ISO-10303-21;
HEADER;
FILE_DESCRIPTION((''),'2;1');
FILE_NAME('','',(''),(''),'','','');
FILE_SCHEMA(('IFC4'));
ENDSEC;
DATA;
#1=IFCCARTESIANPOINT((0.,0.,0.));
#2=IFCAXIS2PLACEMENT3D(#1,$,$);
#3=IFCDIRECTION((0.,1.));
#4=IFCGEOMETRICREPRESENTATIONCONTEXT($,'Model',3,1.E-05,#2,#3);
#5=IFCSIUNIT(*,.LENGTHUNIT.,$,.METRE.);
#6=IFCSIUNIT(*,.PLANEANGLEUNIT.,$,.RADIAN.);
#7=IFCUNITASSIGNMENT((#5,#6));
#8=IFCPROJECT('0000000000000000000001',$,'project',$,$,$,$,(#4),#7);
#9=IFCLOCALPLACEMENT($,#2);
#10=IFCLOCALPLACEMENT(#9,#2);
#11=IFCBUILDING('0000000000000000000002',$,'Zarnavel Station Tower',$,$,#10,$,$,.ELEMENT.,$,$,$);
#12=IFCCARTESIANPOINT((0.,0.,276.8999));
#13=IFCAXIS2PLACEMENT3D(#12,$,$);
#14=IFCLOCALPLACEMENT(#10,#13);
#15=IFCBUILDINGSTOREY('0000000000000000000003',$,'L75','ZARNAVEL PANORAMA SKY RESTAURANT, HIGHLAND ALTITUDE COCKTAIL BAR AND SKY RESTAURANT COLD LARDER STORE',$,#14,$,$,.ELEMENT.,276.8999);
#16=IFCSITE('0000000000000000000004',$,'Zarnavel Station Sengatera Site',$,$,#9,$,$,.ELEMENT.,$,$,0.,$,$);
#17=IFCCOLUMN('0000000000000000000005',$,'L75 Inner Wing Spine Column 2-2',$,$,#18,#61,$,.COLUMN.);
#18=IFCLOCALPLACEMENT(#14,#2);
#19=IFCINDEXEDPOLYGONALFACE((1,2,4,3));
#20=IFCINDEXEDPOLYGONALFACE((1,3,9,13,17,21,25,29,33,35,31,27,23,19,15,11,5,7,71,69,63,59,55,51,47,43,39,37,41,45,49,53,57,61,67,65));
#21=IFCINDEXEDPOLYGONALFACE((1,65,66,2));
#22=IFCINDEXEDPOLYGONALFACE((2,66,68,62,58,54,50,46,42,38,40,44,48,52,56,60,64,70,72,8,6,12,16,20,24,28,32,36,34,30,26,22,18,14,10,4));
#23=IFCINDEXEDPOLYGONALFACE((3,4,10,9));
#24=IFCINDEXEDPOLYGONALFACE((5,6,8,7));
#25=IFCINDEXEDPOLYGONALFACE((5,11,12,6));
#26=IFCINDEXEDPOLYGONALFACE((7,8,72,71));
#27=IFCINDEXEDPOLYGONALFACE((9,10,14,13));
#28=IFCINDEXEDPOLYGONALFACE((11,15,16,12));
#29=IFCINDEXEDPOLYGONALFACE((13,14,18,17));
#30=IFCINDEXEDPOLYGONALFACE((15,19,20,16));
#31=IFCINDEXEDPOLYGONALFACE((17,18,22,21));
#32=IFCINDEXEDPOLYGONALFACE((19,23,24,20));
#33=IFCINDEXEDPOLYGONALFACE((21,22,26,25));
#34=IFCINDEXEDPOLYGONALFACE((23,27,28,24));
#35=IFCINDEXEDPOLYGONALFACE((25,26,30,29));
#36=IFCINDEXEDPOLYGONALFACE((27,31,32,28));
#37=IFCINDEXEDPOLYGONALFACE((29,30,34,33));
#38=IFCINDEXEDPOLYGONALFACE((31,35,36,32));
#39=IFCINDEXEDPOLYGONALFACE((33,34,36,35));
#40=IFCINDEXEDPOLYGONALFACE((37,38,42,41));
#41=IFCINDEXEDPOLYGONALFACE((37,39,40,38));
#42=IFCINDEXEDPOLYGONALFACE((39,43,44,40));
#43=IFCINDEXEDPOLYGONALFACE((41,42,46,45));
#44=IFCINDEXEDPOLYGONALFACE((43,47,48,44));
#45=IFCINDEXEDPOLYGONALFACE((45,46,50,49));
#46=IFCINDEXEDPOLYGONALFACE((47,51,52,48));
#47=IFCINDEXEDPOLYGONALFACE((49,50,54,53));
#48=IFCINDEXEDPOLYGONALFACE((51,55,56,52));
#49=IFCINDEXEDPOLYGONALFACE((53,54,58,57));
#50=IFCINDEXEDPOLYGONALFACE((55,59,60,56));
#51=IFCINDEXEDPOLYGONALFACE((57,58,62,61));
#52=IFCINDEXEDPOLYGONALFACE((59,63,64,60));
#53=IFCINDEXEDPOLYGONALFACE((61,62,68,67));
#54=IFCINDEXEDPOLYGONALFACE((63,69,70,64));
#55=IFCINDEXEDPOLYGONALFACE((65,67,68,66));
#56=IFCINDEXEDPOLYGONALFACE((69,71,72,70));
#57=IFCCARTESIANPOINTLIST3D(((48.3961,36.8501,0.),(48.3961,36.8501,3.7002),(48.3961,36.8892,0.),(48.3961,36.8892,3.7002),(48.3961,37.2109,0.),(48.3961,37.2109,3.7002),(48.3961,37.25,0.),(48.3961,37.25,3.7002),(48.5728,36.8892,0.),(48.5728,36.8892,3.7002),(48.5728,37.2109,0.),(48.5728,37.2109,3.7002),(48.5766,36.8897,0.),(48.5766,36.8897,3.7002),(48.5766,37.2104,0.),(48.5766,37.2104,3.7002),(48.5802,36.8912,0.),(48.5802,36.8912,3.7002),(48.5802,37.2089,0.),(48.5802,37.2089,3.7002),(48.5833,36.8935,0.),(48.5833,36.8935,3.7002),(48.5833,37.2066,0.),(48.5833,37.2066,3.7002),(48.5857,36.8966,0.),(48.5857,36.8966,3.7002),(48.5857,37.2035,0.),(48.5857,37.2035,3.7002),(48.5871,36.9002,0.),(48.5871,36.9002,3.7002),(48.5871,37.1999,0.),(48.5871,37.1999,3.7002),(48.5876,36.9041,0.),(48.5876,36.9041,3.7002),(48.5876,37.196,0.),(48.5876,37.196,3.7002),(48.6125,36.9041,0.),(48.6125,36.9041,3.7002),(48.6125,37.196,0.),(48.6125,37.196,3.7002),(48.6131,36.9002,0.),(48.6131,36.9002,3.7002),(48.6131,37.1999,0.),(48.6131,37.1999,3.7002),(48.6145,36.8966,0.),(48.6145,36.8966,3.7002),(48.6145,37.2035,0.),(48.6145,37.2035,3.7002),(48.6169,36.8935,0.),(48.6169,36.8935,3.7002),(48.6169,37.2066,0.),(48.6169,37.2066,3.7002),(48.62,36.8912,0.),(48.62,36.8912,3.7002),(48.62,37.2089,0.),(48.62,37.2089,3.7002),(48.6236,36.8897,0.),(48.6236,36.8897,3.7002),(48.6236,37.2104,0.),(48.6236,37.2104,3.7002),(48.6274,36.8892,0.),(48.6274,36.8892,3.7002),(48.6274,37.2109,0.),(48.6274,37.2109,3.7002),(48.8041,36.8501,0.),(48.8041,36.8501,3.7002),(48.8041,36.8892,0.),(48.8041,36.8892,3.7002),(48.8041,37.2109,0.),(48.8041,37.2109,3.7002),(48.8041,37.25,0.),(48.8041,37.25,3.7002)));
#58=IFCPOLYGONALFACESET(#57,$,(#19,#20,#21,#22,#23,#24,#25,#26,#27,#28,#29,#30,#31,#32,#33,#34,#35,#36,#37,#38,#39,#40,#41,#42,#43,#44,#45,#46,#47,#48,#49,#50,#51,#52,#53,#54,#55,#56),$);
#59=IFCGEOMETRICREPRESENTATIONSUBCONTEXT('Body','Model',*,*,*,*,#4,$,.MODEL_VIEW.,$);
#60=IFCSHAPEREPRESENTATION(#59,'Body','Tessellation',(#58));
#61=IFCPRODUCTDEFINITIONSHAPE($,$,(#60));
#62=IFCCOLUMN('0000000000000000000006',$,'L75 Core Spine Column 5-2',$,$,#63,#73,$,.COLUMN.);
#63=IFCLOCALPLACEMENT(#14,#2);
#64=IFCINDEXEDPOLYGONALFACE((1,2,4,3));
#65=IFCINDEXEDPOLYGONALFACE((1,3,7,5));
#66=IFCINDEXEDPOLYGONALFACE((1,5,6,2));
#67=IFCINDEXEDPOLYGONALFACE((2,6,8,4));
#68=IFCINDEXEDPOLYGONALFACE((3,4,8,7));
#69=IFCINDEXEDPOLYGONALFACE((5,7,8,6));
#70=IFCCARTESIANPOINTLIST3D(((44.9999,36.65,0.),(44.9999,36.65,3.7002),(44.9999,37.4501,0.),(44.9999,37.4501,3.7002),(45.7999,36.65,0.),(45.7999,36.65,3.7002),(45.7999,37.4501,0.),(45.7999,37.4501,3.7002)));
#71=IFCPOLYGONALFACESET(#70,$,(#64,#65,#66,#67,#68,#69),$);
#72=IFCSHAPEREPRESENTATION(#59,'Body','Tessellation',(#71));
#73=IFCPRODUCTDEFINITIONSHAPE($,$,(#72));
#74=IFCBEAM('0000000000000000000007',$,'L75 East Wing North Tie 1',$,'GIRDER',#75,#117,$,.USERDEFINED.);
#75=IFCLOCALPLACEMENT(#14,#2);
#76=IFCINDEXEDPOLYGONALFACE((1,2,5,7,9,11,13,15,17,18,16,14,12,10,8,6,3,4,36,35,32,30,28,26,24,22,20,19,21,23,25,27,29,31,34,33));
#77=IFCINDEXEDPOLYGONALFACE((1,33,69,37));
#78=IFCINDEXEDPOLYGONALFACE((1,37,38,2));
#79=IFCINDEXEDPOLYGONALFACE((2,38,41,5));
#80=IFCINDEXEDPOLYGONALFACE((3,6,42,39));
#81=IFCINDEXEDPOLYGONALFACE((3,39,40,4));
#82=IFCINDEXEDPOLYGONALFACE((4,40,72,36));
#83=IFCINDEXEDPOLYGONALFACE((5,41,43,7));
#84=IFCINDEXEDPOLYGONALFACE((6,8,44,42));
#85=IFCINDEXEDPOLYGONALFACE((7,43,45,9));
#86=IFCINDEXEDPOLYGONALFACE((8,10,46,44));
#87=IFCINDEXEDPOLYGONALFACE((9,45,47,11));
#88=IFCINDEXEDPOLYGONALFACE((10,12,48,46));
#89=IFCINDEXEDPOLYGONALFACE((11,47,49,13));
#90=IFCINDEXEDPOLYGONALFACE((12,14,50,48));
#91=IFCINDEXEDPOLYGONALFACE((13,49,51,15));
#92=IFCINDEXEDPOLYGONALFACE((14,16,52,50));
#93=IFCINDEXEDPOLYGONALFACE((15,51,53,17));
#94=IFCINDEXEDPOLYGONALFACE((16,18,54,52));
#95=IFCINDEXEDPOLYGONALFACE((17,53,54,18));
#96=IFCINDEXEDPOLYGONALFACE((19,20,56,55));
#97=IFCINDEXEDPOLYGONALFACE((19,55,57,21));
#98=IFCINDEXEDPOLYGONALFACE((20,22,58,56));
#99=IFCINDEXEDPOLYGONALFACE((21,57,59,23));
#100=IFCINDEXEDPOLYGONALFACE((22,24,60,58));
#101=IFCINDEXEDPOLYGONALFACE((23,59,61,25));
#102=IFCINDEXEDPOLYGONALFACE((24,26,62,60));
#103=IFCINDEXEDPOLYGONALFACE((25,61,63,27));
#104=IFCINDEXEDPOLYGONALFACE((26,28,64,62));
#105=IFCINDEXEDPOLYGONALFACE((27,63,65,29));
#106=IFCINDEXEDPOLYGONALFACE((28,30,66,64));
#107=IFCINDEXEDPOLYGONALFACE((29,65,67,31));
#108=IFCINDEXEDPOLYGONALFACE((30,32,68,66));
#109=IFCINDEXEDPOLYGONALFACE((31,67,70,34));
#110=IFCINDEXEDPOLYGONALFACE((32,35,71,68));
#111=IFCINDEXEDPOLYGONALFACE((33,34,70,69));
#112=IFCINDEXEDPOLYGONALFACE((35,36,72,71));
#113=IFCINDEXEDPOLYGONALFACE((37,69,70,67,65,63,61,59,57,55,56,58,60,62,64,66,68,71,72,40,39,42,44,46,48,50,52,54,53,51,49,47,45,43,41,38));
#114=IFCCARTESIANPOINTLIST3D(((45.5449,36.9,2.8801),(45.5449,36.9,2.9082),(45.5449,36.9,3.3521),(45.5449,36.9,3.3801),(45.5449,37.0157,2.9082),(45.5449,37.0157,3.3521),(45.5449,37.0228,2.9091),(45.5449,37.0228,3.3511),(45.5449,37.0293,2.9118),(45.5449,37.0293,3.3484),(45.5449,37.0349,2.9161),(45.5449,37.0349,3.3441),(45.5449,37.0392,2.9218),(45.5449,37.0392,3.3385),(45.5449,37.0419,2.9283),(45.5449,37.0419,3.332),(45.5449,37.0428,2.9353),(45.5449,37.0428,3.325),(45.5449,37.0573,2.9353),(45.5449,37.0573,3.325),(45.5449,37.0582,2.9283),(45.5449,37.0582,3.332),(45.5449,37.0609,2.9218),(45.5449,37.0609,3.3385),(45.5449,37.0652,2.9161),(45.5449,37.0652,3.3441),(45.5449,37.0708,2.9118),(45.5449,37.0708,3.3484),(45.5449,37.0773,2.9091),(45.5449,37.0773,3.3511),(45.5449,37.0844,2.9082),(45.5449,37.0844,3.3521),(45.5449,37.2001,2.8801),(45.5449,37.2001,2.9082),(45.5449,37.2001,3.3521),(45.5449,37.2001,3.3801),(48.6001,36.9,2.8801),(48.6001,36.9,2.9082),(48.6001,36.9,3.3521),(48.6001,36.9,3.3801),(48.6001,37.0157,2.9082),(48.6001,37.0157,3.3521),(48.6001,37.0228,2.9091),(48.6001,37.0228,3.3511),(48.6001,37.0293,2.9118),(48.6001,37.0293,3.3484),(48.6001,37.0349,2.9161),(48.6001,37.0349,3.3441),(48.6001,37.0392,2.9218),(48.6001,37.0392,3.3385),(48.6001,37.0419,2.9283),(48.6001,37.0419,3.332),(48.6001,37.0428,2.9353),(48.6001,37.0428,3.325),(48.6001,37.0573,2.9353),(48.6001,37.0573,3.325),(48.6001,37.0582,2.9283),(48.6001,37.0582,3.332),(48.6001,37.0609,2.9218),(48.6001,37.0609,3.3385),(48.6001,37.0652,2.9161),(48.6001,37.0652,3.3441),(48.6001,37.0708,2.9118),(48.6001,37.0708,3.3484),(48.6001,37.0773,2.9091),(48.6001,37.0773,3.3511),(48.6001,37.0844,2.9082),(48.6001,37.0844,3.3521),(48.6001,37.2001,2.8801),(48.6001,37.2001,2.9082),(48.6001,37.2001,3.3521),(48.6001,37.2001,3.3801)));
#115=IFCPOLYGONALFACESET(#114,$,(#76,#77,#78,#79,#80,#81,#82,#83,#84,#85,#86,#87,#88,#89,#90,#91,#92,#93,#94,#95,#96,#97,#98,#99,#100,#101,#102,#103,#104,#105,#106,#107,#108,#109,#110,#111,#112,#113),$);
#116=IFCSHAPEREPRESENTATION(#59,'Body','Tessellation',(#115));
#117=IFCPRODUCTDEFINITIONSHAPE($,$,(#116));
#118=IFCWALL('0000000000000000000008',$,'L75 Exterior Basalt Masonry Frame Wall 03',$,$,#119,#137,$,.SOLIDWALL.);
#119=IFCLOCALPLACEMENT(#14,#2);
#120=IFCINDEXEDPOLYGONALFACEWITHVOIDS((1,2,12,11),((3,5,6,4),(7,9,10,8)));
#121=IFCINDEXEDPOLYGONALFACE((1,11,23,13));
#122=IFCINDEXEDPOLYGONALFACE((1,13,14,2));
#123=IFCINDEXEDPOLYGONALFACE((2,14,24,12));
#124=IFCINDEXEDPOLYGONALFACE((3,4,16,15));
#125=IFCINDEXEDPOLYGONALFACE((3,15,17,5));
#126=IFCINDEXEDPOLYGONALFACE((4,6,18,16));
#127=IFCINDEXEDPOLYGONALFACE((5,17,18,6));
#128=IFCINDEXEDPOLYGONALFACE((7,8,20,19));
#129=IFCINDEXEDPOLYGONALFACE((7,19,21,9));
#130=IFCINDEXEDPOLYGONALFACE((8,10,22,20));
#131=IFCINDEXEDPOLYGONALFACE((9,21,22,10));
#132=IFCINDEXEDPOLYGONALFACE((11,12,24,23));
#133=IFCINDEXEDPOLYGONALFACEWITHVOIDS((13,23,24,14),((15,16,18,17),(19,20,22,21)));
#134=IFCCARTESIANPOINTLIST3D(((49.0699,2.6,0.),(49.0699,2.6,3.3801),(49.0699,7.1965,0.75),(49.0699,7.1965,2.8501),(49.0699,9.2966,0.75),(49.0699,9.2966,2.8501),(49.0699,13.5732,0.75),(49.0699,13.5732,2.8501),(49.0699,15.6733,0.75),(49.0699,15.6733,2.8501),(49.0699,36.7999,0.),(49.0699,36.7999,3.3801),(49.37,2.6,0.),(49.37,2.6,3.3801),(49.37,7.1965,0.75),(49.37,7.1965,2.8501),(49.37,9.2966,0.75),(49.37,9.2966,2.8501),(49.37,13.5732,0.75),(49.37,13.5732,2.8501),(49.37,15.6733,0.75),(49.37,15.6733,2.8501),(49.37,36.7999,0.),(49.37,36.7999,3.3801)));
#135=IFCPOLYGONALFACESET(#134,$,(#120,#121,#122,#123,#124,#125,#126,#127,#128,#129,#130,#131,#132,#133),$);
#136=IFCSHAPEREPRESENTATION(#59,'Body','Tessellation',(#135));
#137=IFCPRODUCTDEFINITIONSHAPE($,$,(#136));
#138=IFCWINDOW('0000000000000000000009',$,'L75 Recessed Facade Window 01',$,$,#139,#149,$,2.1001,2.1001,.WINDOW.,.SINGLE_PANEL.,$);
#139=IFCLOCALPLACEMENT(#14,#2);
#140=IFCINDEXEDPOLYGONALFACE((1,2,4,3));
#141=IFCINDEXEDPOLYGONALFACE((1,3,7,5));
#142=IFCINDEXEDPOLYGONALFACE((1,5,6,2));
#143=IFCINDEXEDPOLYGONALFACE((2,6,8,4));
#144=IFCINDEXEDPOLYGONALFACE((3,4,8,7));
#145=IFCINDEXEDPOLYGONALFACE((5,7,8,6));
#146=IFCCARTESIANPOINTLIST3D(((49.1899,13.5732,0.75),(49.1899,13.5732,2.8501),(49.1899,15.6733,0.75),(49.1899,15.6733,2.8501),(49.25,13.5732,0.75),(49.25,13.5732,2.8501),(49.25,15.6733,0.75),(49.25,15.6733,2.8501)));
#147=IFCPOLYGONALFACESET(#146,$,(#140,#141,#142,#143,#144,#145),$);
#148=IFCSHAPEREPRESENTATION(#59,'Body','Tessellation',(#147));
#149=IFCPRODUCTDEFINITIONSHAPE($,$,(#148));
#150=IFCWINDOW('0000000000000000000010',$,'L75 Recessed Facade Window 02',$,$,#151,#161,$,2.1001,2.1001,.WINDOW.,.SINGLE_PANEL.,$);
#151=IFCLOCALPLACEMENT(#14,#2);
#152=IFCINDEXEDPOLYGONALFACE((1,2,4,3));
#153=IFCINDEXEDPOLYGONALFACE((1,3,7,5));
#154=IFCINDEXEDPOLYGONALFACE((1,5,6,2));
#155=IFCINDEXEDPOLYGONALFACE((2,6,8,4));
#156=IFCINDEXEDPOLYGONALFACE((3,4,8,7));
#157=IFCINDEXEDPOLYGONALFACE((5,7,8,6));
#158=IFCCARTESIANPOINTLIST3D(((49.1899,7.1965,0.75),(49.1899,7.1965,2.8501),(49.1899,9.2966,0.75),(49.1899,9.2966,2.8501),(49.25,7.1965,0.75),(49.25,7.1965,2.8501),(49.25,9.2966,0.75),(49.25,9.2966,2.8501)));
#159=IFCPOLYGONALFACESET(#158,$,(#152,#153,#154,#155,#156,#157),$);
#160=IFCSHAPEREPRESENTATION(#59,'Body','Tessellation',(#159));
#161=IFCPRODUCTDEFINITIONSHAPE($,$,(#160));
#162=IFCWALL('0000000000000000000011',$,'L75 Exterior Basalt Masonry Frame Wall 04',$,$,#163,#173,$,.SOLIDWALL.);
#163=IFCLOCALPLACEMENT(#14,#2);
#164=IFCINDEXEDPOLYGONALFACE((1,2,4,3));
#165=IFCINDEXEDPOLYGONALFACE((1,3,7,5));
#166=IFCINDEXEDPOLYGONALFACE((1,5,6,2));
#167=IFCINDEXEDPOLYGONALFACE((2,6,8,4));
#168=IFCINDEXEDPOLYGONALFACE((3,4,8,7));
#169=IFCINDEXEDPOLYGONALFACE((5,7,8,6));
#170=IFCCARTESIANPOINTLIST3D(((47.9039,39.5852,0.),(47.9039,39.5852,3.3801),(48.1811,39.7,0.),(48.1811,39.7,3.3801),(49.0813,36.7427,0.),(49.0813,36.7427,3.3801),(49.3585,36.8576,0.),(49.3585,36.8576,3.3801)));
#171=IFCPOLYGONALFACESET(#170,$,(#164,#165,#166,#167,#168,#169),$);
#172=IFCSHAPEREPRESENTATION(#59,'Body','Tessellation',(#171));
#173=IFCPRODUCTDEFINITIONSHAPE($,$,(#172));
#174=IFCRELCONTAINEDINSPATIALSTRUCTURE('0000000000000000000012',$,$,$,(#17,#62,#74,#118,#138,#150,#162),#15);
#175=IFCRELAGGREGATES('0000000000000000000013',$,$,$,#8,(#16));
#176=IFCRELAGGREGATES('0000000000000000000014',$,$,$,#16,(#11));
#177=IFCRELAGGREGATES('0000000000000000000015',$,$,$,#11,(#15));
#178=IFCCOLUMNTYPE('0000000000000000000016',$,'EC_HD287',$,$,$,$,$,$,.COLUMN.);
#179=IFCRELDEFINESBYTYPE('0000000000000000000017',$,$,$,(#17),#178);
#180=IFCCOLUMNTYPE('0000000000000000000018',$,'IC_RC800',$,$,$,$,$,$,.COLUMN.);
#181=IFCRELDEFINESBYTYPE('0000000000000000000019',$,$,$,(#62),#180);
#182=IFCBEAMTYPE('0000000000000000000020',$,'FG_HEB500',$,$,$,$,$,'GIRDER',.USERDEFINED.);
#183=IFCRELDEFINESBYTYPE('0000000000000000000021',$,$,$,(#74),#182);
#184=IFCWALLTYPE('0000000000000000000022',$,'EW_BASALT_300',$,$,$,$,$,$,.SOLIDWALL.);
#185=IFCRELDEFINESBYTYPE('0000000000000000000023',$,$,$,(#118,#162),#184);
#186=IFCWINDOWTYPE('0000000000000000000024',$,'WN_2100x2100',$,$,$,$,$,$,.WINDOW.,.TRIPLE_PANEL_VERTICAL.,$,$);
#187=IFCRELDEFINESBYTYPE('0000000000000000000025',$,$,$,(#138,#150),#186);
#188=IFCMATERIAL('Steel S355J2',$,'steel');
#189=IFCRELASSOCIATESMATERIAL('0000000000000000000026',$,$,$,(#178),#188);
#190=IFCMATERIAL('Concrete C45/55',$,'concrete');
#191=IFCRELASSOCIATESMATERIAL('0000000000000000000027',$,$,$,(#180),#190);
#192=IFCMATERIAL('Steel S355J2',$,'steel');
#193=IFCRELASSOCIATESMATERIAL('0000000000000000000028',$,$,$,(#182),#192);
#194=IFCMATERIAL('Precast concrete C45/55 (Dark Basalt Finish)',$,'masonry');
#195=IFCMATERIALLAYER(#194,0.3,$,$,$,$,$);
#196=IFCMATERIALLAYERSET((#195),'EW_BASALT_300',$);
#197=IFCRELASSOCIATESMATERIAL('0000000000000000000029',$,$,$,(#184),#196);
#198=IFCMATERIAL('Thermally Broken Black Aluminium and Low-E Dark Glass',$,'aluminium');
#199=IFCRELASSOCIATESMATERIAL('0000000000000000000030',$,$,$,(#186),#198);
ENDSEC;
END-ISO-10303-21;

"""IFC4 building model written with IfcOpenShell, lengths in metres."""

from ifc_helpers import new_model, si_unit, direction, frame, frame_2d, origin, origin_2d, place, context, subcontext, project, spatial, rectangle, i_section, extrude, material, layer, layer_set, material_profile, profile_set, type_object, element, fill, save


model = new_model("IFC4")

# Units and contexts
model_context = context("Model", 3, precision=1e-05, world=origin(), true_north=direction((0.0, 1.0)))
body_context = subcontext(model_context, "Body", "Model", "MODEL_VIEW")
ifc_project = project(units=[si_unit("LENGTHUNIT", "METRE"), si_unit("PLANEANGLEUNIT", "RADIAN")], contexts=[model_context])

# Site, building, storey
site_placement = place(None, origin())
site = spatial("IfcSite", under=ifc_project, at=site_placement, Name="Zarnavel Station Sengatera Site", CompositionType="ELEMENT", RefElevation=0.0)
building_placement = place(site_placement, origin())
building = spatial("IfcBuilding", under=site, at=building_placement, Name="Zarnavel Station Tower", CompositionType="ELEMENT")
storey_placement = place(building_placement, frame((0.0, 0.0, 276.8999)))
storey = spatial("IfcBuildingStorey", under=building, at=storey_placement, Name="L75", Description="ZARNAVEL PANORAMA SKY RESTAURANT, HIGHLAND ALTITUDE COCKTAIL BAR AND SKY RESTAURANT COLD LARDER STORE", CompositionType="ELEMENT", Elevation=276.8999)

# Columns
ifc_material_1 = material(Name="Steel S355J2", Category="steel")
ifc_material_profile_1 = material_profile(ifc_material_1, i_section(OverallWidth=0.408, OverallDepth=0.3999, WebThickness=0.0249, FlangeThickness=0.0391, FilletRadius=0.0149, at=origin_2d()), Name="HD400x287")
ifc_profile_set_1 = profile_set([ifc_material_profile_1], Name="Steel S355J2")
column_type_1 = type_object("IfcColumnType", Name="EC_HD287", PredefinedType="COLUMN", material=ifc_profile_set_1)
column_1_placement = place(storey_placement, frame((48.6001, 37.05, 0.0), z_axis=(0.0, 0.0, 1.0), x_axis=(1.0, 0.0, 0.0)))
element("IfcColumn", 1, at=column_1_placement, inside=storey, type_object=column_type_1, Name="L75 Inner Wing Spine Column 2-2", PredefinedType="COLUMN", context=body_context, shape_type="SweptSolid", body=[
    extrude(i_section(OverallWidth=0.408, OverallDepth=0.3999, WebThickness=0.0249, FlangeThickness=0.0391, FilletRadius=0.0149, at=origin_2d()), origin(), (0.0, 0.0, 1.0), 3.7002),
])
ifc_material_2 = material(Name="Concrete C45/55", Category="concrete")
ifc_material_profile_2 = material_profile(ifc_material_2, rectangle(XDim=0.8, YDim=0.8, at=origin_2d()), Name="RC800x800")
ifc_profile_set_2 = profile_set([ifc_material_profile_2], Name="Concrete C45/55")
column_type_2 = type_object("IfcColumnType", Name="IC_RC800", PredefinedType="COLUMN", material=ifc_profile_set_2)
column_2_placement = place(storey_placement, frame((45.3999, 37.05, 0.0), z_axis=(0.0, 0.0, 1.0), x_axis=(1.0, 0.0, 0.0)))
element("IfcColumn", 2, at=column_2_placement, inside=storey, type_object=column_type_2, Name="L75 Core Spine Column 5-2", PredefinedType="COLUMN", context=body_context, shape_type="SweptSolid", body=[
    extrude(rectangle(XDim=0.8, YDim=0.8, at=origin_2d()), origin(), (0.0, 0.0, 1.0), 3.7002),
])

# Beam
ifc_material_3 = material(Name="Steel S355J2", Category="steel")
ifc_material_profile_3 = material_profile(ifc_material_3, i_section(OverallWidth=0.3, OverallDepth=0.5, WebThickness=0.0144, FlangeThickness=0.0281, FilletRadius=0.0271, at=origin_2d()), Name="HEB500")
ifc_profile_set_3 = profile_set([ifc_material_profile_3], Name="Steel S355J2")
beam_type = type_object("IfcBeamType", Name="FG_HEB500", ElementType="GIRDER", PredefinedType="USERDEFINED", material=ifc_profile_set_3)
beam_placement = place(storey_placement, frame((45.5449, 37.05, 3.1301), z_axis=(1.0, 0.0, 0.0), x_axis=(0.0, 1.0, 0.0)))
element("IfcBeam", 3, at=beam_placement, inside=storey, type_object=beam_type, Name="L75 East Wing North Tie 1", ObjectType="GIRDER", PredefinedType="USERDEFINED", context=body_context, shape_type="SweptSolid", body=[
    extrude(i_section(OverallWidth=0.3, OverallDepth=0.5, WebThickness=0.0144, FlangeThickness=0.0281, FilletRadius=0.0271, at=origin_2d()), origin(), (0.0, 0.0, 1.0), 3.0552),
])

# Wall, openings, windows
ifc_material_4 = material(Name="Precast concrete C45/55 (Dark Basalt Finish)", Category="masonry")
ifc_layer_1 = layer(ifc_material_4, 0.3)
ifc_layer_set_1 = layer_set([ifc_layer_1], Name="EW_BASALT_300")
wall_type_1 = type_object("IfcWallType", Name="EW_BASALT_300", PredefinedType="SOLIDWALL", material=ifc_layer_set_1)
wall_1_placement = place(storey_placement, frame((49.22, 36.8, 0.0), z_axis=(0.0, 0.0, 1.0), x_axis=(0.0, -1.0, 0.0)))
wall_1 = element("IfcWall", 4, at=wall_1_placement, inside=storey, type_object=wall_type_1, Name="L75 Exterior Basalt Masonry Frame Wall 03", PredefinedType="SOLIDWALL", context=body_context, shape_type="SweptSolid", body=[
    extrude(rectangle(XDim=34.2, YDim=0.3, at=frame_2d((17.1001, 0.0))), origin(), (0.0, 0.0, 1.0), 3.3801),
])
opening_1_placement = place(wall_1_placement, frame((21.1267, 0.0, 0.75)))
opening_1 = element("IfcOpeningElement", 5, at=opening_1_placement, cuts=wall_1, PredefinedType="OPENING", context=body_context, shape_type="SweptSolid", body=[
    extrude(rectangle(XDim=2.1001, YDim=2.1001, at=frame_2d((1.05, 1.05))), frame((0.0, 0.1599, 0.0), z_axis=(0.0, -1.0, 0.0), x_axis=(1.0, 0.0, 0.0)), (0.0, 0.0, 1.0), 0.3201),
])
opening_2_placement = place(wall_1_placement, frame((27.5034, 0.0, 0.75)))
opening_2 = element("IfcOpeningElement", 6, at=opening_2_placement, cuts=wall_1, PredefinedType="OPENING", context=body_context, shape_type="SweptSolid", body=[
    extrude(rectangle(XDim=2.1001, YDim=2.1001, at=frame_2d((1.05, 1.05))), frame((0.0, 0.1599, 0.0), z_axis=(0.0, -1.0, 0.0), x_axis=(1.0, 0.0, 0.0)), (0.0, 0.0, 1.0), 0.3201),
])
ifc_material_5 = material(Name="Thermally Broken Black Aluminium and Low-E Dark Glass", Category="aluminium")
window_type = type_object("IfcWindowType", Name="WN_2100x2100", PartitioningType="TRIPLE_PANEL_VERTICAL", PredefinedType="WINDOW", material=ifc_material_5)
window_1_placement = place(opening_1_placement, origin())
window_1 = element("IfcWindow", 7, at=window_1_placement, inside=storey, type_object=window_type, Name="L75 Recessed Facade Window 01", OverallHeight=2.1001, OverallWidth=2.1001, PartitioningType="SINGLE_PANEL", PredefinedType="WINDOW", context=body_context, shape_type="SweptSolid", body=[
    extrude(rectangle(XDim=2.1001, YDim=2.1001, at=frame_2d((1.05, 1.05))), frame((0.0, 0.03, 0.0), z_axis=(0.0, -1.0, 0.0), x_axis=(1.0, 0.0, 0.0)), (0.0, 0.0, 1.0), 0.0601),
])
fill(opening_1, window_1)
window_2_placement = place(opening_2_placement, origin())
window_2 = element("IfcWindow", 8, at=window_2_placement, inside=storey, type_object=window_type, Name="L75 Recessed Facade Window 02", OverallHeight=2.1001, OverallWidth=2.1001, PartitioningType="SINGLE_PANEL", PredefinedType="WINDOW", context=body_context, shape_type="SweptSolid", body=[
    extrude(rectangle(XDim=2.1001, YDim=2.1001, at=frame_2d((1.05, 1.05))), frame((0.0, 0.03, 0.0), z_axis=(0.0, -1.0, 0.0), x_axis=(1.0, 0.0, 0.0)), (0.0, 0.0, 1.0), 0.0601),
])
fill(opening_2, window_2)

# Wall
for number, where, z_axis, x_axis, name in (
    (9, (48.0425, 39.6426, 0.0), (0.0, 0.0, 1.0), (0.382705, -0.923871, 0.0), "L75 Exterior Basalt Masonry Frame Wall 04"),
):
    element("IfcWall", number, at=place(storey_placement, frame(where, z_axis=z_axis, x_axis=x_axis)), inside=storey, type_object=wall_type_1, Name=name, PredefinedType="SOLIDWALL", context=body_context, shape_type="SweptSolid", body=[
        extrude(rectangle(XDim=3.0767, YDim=0.3, at=frame_2d((1.5383, 0.0))), origin(), (0.0, 0.0, 1.0), 3.3801),
    ])

save(model, "model.ifc")
